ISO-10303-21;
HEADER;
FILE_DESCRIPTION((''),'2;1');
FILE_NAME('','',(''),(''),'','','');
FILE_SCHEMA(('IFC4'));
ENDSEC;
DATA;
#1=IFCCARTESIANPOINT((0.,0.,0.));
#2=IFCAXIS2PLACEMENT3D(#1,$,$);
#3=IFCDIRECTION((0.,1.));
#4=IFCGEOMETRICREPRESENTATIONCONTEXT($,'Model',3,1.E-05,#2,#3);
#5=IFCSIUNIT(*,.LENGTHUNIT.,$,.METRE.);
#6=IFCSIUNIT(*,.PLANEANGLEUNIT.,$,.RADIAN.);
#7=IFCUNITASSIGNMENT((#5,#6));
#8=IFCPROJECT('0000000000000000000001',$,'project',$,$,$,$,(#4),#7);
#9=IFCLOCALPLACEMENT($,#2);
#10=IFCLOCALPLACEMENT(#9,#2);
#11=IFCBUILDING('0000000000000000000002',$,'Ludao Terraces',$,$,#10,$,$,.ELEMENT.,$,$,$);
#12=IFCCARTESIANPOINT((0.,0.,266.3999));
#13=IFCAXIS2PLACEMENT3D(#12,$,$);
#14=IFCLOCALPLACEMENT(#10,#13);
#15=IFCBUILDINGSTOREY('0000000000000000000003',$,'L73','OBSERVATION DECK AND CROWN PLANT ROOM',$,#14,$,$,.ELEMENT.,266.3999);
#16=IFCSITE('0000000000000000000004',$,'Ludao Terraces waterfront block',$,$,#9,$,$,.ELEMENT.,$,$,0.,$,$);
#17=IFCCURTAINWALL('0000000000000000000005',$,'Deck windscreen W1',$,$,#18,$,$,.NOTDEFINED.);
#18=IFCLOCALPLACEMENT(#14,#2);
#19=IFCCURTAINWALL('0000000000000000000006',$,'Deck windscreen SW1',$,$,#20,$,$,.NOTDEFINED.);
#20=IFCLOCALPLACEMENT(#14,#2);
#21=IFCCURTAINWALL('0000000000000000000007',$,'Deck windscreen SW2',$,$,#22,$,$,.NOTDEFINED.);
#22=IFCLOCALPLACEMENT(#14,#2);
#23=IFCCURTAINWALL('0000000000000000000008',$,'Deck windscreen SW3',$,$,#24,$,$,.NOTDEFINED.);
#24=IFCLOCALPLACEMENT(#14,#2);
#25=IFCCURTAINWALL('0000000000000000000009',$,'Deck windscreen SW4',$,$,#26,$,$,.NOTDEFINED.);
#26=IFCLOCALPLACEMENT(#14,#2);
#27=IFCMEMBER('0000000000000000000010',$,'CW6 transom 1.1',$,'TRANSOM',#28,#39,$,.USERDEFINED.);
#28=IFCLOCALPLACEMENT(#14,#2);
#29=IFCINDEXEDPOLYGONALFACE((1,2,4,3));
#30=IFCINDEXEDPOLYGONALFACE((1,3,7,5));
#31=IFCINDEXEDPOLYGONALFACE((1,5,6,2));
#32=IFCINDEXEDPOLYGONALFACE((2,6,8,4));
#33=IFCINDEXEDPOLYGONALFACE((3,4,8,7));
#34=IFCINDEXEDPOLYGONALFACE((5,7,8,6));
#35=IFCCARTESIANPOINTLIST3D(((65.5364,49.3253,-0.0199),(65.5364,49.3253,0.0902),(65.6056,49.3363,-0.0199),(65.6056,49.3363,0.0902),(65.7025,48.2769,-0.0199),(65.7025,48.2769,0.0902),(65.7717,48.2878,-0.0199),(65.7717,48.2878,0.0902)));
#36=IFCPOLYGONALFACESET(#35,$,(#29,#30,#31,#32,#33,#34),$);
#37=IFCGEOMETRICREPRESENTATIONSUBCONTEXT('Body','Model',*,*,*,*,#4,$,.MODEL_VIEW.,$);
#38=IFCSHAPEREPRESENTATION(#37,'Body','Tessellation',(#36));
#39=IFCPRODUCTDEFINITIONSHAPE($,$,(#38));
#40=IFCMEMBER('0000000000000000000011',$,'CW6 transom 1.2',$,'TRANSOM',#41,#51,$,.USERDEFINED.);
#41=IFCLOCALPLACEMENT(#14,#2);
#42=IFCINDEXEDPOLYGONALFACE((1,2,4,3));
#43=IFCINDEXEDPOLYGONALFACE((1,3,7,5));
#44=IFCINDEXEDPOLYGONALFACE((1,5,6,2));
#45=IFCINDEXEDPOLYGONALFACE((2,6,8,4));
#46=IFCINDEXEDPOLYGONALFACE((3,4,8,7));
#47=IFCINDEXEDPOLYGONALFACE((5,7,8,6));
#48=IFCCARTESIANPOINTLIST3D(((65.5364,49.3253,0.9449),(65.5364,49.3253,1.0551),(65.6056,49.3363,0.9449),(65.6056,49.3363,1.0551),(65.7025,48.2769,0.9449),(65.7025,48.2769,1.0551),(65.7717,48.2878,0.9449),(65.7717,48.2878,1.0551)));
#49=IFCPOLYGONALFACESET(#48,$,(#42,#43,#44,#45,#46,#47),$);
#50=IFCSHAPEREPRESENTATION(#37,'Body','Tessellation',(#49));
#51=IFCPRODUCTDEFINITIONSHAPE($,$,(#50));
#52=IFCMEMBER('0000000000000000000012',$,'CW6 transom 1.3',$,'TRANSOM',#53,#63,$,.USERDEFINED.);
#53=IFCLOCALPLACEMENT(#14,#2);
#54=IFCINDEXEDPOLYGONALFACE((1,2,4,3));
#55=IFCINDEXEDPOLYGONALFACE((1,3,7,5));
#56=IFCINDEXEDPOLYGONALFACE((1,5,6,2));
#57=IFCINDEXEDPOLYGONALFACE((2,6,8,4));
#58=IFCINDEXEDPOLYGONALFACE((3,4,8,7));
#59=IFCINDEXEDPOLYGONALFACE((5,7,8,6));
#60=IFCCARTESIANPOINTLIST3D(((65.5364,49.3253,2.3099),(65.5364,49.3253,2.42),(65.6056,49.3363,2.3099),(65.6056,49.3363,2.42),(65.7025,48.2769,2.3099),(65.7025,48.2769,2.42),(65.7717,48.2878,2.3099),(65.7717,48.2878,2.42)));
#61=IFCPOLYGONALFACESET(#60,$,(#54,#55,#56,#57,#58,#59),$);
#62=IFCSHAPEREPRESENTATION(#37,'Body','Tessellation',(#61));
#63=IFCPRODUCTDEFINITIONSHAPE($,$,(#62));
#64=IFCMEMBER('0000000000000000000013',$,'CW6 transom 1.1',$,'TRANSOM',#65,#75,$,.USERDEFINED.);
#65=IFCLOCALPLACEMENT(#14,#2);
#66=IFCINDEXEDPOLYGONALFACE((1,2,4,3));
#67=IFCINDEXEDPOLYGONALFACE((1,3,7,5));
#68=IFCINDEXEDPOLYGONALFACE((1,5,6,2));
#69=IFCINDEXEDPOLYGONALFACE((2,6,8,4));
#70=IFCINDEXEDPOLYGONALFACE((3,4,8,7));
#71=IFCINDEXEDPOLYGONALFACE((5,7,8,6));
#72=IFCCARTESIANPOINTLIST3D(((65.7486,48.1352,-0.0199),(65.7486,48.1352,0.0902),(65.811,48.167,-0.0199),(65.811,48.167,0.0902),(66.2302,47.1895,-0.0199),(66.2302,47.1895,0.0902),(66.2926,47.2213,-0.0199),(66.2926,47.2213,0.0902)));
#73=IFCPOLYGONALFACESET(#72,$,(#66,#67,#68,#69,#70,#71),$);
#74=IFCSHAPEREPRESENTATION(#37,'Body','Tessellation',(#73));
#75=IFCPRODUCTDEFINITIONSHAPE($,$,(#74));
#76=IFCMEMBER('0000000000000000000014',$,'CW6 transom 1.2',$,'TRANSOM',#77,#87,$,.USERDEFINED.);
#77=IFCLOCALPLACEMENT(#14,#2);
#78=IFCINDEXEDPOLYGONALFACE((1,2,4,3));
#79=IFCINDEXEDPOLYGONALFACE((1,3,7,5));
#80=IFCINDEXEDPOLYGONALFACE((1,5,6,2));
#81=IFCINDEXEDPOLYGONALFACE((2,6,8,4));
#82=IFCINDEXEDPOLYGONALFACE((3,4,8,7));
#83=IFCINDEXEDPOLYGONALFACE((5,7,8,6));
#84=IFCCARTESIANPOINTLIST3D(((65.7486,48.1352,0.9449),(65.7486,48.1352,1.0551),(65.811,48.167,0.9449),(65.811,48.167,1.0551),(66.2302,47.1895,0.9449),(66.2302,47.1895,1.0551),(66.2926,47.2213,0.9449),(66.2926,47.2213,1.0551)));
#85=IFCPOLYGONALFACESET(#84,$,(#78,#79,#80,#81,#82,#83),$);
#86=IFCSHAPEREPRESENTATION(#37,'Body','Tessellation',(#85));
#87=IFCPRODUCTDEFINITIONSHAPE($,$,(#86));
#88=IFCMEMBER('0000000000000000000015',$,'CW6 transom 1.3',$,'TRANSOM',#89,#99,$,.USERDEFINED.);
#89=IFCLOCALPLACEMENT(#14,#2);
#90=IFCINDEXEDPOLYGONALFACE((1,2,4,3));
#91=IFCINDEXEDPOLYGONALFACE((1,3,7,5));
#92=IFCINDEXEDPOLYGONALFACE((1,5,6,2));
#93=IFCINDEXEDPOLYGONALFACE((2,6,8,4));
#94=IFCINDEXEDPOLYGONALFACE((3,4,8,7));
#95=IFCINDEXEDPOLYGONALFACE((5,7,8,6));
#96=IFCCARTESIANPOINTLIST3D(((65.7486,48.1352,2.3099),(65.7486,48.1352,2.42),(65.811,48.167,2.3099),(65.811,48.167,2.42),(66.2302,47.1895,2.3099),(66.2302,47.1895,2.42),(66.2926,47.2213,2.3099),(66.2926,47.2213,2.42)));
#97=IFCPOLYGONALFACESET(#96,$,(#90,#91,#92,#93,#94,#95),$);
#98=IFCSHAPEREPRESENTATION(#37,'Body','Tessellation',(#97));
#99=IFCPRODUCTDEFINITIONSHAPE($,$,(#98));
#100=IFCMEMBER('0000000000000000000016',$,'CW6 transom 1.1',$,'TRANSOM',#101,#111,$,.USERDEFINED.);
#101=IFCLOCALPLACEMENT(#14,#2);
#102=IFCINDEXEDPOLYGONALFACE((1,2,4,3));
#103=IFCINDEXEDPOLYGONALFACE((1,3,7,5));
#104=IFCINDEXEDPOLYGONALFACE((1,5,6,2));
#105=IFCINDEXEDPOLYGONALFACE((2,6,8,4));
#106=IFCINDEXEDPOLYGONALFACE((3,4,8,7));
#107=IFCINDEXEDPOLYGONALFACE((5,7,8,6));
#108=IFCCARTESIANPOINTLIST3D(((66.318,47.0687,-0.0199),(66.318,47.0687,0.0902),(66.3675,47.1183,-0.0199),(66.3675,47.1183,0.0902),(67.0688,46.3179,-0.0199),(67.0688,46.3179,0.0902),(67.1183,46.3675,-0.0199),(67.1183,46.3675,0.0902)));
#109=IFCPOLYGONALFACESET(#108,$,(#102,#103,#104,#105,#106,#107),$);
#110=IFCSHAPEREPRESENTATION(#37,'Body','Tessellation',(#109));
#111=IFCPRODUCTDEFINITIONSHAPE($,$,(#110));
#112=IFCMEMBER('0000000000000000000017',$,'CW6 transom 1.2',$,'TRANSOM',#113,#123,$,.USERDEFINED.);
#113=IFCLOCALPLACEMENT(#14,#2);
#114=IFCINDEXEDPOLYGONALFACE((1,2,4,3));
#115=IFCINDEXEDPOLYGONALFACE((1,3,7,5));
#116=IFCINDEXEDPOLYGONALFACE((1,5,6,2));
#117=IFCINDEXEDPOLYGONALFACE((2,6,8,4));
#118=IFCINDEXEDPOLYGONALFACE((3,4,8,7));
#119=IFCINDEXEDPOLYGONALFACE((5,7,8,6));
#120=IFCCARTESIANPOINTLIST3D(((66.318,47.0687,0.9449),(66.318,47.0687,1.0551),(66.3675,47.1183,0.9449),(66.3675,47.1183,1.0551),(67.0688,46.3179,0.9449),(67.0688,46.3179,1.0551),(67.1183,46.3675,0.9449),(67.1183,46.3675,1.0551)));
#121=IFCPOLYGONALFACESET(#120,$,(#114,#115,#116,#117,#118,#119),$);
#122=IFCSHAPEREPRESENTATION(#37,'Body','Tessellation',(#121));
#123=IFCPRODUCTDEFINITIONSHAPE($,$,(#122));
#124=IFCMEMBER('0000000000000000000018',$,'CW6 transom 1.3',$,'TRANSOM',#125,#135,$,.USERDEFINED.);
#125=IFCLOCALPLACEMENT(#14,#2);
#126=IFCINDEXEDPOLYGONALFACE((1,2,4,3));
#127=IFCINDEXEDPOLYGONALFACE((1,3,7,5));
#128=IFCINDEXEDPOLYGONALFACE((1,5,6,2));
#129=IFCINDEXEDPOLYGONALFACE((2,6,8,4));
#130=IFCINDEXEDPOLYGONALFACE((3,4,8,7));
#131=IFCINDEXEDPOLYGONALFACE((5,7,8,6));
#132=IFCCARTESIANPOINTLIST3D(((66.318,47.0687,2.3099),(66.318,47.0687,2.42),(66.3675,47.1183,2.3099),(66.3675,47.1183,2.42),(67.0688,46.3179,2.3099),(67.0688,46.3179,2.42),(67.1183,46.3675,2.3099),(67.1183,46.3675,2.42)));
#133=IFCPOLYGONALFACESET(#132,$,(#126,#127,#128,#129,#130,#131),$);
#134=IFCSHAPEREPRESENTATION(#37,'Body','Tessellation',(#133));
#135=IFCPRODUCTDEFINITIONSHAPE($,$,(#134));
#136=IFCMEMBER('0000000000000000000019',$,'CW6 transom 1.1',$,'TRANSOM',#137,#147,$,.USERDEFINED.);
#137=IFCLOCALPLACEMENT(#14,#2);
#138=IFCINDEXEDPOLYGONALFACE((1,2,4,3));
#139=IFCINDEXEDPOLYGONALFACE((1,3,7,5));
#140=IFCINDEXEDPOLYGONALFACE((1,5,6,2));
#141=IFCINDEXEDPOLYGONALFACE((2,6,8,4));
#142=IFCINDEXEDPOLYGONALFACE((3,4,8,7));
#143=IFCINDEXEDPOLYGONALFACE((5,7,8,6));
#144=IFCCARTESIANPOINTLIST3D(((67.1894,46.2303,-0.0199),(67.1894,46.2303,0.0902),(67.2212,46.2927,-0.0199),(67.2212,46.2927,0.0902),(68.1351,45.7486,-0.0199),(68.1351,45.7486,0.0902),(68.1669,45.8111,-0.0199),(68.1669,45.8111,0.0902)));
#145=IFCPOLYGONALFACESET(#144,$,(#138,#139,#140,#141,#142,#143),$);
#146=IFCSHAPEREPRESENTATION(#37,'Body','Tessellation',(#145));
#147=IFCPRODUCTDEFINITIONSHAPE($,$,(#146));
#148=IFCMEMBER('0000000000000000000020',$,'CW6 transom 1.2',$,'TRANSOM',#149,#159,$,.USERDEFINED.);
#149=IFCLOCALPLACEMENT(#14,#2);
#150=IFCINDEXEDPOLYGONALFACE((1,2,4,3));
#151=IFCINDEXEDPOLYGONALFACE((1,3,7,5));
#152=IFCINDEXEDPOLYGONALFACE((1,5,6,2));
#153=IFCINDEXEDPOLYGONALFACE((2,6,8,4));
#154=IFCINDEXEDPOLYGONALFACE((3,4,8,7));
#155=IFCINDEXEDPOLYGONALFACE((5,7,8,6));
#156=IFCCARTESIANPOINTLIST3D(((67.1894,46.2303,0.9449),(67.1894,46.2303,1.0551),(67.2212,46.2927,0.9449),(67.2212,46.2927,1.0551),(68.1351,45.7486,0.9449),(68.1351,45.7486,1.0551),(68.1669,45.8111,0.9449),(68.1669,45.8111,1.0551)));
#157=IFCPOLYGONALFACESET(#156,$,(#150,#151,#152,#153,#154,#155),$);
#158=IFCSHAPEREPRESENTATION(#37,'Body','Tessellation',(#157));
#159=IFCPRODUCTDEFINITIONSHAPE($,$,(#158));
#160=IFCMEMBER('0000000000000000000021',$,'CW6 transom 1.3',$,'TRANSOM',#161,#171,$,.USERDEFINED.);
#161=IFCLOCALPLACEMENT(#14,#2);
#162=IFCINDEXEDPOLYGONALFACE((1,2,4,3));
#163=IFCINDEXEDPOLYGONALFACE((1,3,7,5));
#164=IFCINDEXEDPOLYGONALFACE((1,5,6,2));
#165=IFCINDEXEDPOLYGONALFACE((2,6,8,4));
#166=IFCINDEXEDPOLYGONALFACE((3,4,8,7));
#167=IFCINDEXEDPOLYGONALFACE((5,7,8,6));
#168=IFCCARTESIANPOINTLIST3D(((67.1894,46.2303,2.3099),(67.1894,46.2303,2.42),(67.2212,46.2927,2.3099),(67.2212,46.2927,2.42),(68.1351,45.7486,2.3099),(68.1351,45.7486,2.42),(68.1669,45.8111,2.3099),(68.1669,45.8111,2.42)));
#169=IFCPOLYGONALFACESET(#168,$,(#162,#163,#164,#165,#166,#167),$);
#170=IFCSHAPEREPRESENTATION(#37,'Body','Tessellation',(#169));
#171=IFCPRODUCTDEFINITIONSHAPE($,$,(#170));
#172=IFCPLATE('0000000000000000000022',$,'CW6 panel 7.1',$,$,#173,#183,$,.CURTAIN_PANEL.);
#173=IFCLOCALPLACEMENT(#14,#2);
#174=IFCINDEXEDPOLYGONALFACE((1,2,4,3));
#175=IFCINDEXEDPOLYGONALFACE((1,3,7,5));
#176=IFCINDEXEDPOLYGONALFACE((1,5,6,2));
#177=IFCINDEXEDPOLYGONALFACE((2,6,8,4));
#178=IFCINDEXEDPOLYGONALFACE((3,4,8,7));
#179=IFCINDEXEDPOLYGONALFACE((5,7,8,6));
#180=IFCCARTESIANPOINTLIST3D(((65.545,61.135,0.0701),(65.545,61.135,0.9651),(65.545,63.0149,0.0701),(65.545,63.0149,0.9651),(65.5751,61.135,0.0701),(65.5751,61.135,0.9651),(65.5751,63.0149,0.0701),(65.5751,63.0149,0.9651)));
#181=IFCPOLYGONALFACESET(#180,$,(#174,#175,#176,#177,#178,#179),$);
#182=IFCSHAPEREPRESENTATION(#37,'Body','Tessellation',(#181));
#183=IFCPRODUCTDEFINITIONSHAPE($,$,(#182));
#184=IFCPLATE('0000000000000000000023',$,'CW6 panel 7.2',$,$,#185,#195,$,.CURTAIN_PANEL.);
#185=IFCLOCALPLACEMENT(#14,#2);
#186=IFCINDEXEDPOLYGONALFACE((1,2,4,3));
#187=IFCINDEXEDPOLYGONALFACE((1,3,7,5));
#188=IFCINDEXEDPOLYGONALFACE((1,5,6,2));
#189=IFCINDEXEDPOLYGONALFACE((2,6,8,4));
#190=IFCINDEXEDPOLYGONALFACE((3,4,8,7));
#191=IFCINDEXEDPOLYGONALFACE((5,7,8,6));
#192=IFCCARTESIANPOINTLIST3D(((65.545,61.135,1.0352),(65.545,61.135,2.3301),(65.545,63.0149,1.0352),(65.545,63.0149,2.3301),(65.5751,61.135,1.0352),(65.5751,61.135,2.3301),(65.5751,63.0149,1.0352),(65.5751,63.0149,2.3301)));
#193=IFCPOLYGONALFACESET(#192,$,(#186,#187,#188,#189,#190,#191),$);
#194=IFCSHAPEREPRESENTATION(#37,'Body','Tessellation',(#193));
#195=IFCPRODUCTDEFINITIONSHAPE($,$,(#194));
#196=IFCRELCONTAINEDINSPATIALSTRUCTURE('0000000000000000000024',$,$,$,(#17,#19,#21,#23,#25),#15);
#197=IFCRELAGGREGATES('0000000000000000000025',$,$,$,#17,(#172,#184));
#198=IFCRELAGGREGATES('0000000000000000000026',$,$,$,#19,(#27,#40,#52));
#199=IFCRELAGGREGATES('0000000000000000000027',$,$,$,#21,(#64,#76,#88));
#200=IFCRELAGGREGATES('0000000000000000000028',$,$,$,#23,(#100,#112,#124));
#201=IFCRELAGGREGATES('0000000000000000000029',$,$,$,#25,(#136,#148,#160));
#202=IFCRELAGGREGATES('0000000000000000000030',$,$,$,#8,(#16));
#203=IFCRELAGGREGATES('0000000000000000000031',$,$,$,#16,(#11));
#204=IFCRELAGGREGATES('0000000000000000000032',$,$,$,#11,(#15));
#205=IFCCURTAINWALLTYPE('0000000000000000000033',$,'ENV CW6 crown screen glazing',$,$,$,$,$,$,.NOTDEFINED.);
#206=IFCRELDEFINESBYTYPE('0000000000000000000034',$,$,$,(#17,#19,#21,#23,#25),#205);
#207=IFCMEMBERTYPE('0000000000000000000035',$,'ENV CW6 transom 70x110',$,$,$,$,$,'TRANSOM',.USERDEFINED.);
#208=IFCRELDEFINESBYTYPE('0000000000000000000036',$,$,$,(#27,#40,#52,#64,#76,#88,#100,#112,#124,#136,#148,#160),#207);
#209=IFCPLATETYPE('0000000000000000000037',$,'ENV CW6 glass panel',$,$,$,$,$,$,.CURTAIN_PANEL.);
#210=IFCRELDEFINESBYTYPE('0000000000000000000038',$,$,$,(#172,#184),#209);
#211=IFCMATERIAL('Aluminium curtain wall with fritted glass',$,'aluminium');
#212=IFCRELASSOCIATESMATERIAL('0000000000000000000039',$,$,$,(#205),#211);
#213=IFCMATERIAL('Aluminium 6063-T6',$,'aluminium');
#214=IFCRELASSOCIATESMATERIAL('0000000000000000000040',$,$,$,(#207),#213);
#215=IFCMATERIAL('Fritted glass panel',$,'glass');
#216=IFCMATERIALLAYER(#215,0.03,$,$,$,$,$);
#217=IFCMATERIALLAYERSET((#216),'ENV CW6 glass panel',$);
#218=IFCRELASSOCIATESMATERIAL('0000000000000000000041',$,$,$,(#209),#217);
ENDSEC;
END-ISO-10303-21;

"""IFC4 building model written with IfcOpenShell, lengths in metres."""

from ifc_helpers import new_model, si_unit, direction, frame, origin, origin_2d, place, context, subcontext, project, spatial, rectangle, extrude, material, layer, layer_set, material_profile, profile_set, type_object, element, aggregate, save


model = new_model("IFC4")

# Units and contexts
model_context = context("Model", 3, precision=1e-05, world=origin(), true_north=direction((0.0, 1.0)))
body_context = subcontext(model_context, "Body", "Model", "MODEL_VIEW")
ifc_project = project(units=[si_unit("LENGTHUNIT", "METRE"), si_unit("PLANEANGLEUNIT", "RADIAN")], contexts=[model_context])

# Site, building, storey
site_placement = place(None, origin())
site = spatial("IfcSite", under=ifc_project, at=site_placement, Name="Ludao Terraces waterfront block", CompositionType="ELEMENT", RefElevation=0.0)
building_placement = place(site_placement, origin())
building = spatial("IfcBuilding", under=site, at=building_placement, Name="Ludao Terraces", CompositionType="ELEMENT")
storey_placement = place(building_placement, frame((0.0, 0.0, 266.3999)))
storey = spatial("IfcBuildingStorey", under=building, at=storey_placement, Name="L73", Description="OBSERVATION DECK AND CROWN PLANT ROOM", CompositionType="ELEMENT", Elevation=266.3999)

# Curtain walls
ifc_material_1 = material(Name="Aluminium curtain wall with fritted glass", Category="aluminium")
curtain_wall_type = type_object("IfcCurtainWallType", Name="ENV CW6 crown screen glazing", PredefinedType="NOTDEFINED", material=ifc_material_1)
curtain_wall_1_placement = place(storey_placement, origin())
curtain_wall_1 = element("IfcCurtainWall", 1, at=curtain_wall_1_placement, inside=storey, type_object=curtain_wall_type, Name="Deck windscreen W1", PredefinedType="NOTDEFINED")
ifc_material_2 = material(Name="Aluminium 6063-T6", Category="aluminium")
curtain_wall_2_placement = place(storey_placement, origin())
curtain_wall_2 = element("IfcCurtainWall", 2, at=curtain_wall_2_placement, inside=storey, type_object=curtain_wall_type, Name="Deck windscreen SW1", PredefinedType="NOTDEFINED")
curtain_wall_3_placement = place(storey_placement, origin())
curtain_wall_3 = element("IfcCurtainWall", 3, at=curtain_wall_3_placement, inside=storey, type_object=curtain_wall_type, Name="Deck windscreen SW2", PredefinedType="NOTDEFINED")
curtain_wall_4_placement = place(storey_placement, origin())
curtain_wall_4 = element("IfcCurtainWall", 4, at=curtain_wall_4_placement, inside=storey, type_object=curtain_wall_type, Name="Deck windscreen SW3", PredefinedType="NOTDEFINED")

# Curtain wall
curtain_wall_5_placement = place(storey_placement, origin())
curtain_wall_5 = element("IfcCurtainWall", 5, at=curtain_wall_5_placement, inside=storey, type_object=curtain_wall_type, Name="Deck windscreen SW4", PredefinedType="NOTDEFINED")

# Members
ifc_material_profile_1 = material_profile(ifc_material_2, rectangle(XDim=0.0701, YDim=0.1101, at=origin_2d()), Name="70 X 110")
ifc_profile_set_1 = profile_set([ifc_material_profile_1], Name="Aluminium 6063-T6")
member_type_1 = type_object("IfcMemberType", Name="ENV CW6 transom 70x110", ElementType="TRANSOM", PredefinedType="USERDEFINED", material=ifc_profile_set_1)
member_1_placement = place(storey_placement, frame((65.571, 49.3308, 0.0352), z_axis=(0.156411, -0.987692, 0.0), x_axis=(0.987692, 0.156411, 0.0)))
member_1 = element("IfcMember", 6, at=member_1_placement, type_object=member_type_1, Name="CW6 transom 1.1", ObjectType="TRANSOM", PredefinedType="USERDEFINED", context=body_context, shape_type="SweptSolid", body=[
    extrude(rectangle(XDim=0.0701, YDim=0.1101, at=origin_2d()), origin(), (0.0, 0.0, 1.0), 1.0615),
])
member_2_placement = place(storey_placement, frame((65.571, 49.3308, 1.0), z_axis=(0.156411, -0.987692, 0.0), x_axis=(0.987692, 0.156411, 0.0)))
member_2 = element("IfcMember", 7, at=member_2_placement, type_object=member_type_1, Name="CW6 transom 1.2", ObjectType="TRANSOM", PredefinedType="USERDEFINED", context=body_context, shape_type="SweptSolid", body=[
    extrude(rectangle(XDim=0.0701, YDim=0.1101, at=origin_2d()), origin(), (0.0, 0.0, 1.0), 1.0615),
])
member_3_placement = place(storey_placement, frame((65.571, 49.3308, 2.365), z_axis=(0.156411, -0.987692, 0.0), x_axis=(0.987692, 0.156411, 0.0)))
member_3 = element("IfcMember", 8, at=member_3_placement, type_object=member_type_1, Name="CW6 transom 1.3", ObjectType="TRANSOM", PredefinedType="USERDEFINED", context=body_context, shape_type="SweptSolid", body=[
    extrude(rectangle(XDim=0.0701, YDim=0.1101, at=origin_2d()), origin(), (0.0, 0.0, 1.0), 1.0615),
])
member_4_placement = place(storey_placement, frame((65.7798, 48.1511, 0.0352), z_axis=(0.453826, -0.89109, 0.0), x_axis=(0.89109, 0.453826, 0.0)))
member_4 = element("IfcMember", 9, at=member_4_placement, type_object=member_type_1, Name="CW6 transom 1.1", ObjectType="TRANSOM", PredefinedType="USERDEFINED", context=body_context, shape_type="SweptSolid", body=[
    extrude(rectangle(XDim=0.0701, YDim=0.1101, at=origin_2d()), origin(), (0.0, 0.0, 1.0), 1.0613),
])
member_5_placement = place(storey_placement, frame((65.7798, 48.1511, 1.0), z_axis=(0.453826, -0.89109, 0.0), x_axis=(0.89109, 0.453826, 0.0)))
member_5 = element("IfcMember", 10, at=member_5_placement, type_object=member_type_1, Name="CW6 transom 1.2", ObjectType="TRANSOM", PredefinedType="USERDEFINED", context=body_context, shape_type="SweptSolid", body=[
    extrude(rectangle(XDim=0.0701, YDim=0.1101, at=origin_2d()), origin(), (0.0, 0.0, 1.0), 1.0613),
])
member_6_placement = place(storey_placement, frame((65.7798, 48.1511, 2.365), z_axis=(0.453826, -0.89109, 0.0), x_axis=(0.89109, 0.453826, 0.0)))
member_6 = element("IfcMember", 11, at=member_6_placement, type_object=member_type_1, Name="CW6 transom 1.3", ObjectType="TRANSOM", PredefinedType="USERDEFINED", context=body_context, shape_type="SweptSolid", body=[
    extrude(rectangle(XDim=0.0701, YDim=0.1101, at=origin_2d()), origin(), (0.0, 0.0, 1.0), 1.0613),
])
member_7_placement = place(storey_placement, frame((66.3428, 47.0935, 0.0352), z_axis=(0.707107, -0.707107, 0.0), x_axis=(0.707107, 0.707107, 0.0)))
member_7 = element("IfcMember", 12, at=member_7_placement, type_object=member_type_1, Name="CW6 transom 1.1", ObjectType="TRANSOM", PredefinedType="USERDEFINED", context=body_context, shape_type="SweptSolid", body=[
    extrude(rectangle(XDim=0.0701, YDim=0.1101, at=origin_2d()), origin(), (0.0, 0.0, 1.0), 1.0618),
])
member_8_placement = place(storey_placement, frame((66.3428, 47.0935, 1.0), z_axis=(0.707107, -0.707107, 0.0), x_axis=(0.707107, 0.707107, 0.0)))
member_8 = element("IfcMember", 13, at=member_8_placement, type_object=member_type_1, Name="CW6 transom 1.2", ObjectType="TRANSOM", PredefinedType="USERDEFINED", context=body_context, shape_type="SweptSolid", body=[
    extrude(rectangle(XDim=0.0701, YDim=0.1101, at=origin_2d()), origin(), (0.0, 0.0, 1.0), 1.0618),
])
member_9_placement = place(storey_placement, frame((66.3428, 47.0935, 2.365), z_axis=(0.707107, -0.707107, 0.0), x_axis=(0.707107, 0.707107, 0.0)))
member_9 = element("IfcMember", 14, at=member_9_placement, type_object=member_type_1, Name="CW6 transom 1.3", ObjectType="TRANSOM", PredefinedType="USERDEFINED", context=body_context, shape_type="SweptSolid", body=[
    extrude(rectangle(XDim=0.0701, YDim=0.1101, at=origin_2d()), origin(), (0.0, 0.0, 1.0), 1.0618),
])
member_10_placement = place(storey_placement, frame((67.2053, 46.2615, 0.0352), z_axis=(0.89109, -0.453826, 0.0), x_axis=(0.453826, 0.89109, 0.0)))
member_10 = element("IfcMember", 15, at=member_10_placement, type_object=member_type_1, Name="CW6 transom 1.1", ObjectType="TRANSOM", PredefinedType="USERDEFINED", context=body_context, shape_type="SweptSolid", body=[
    extrude(rectangle(XDim=0.0701, YDim=0.1101, at=origin_2d()), origin(), (0.0, 0.0, 1.0), 1.0613),
])
member_11_placement = place(storey_placement, frame((67.2053, 46.2615, 1.0), z_axis=(0.89109, -0.453826, 0.0), x_axis=(0.453826, 0.89109, 0.0)))
member_11 = element("IfcMember", 16, at=member_11_placement, type_object=member_type_1, Name="CW6 transom 1.2", ObjectType="TRANSOM", PredefinedType="USERDEFINED", context=body_context, shape_type="SweptSolid", body=[
    extrude(rectangle(XDim=0.0701, YDim=0.1101, at=origin_2d()), origin(), (0.0, 0.0, 1.0), 1.0613),
])
member_12_placement = place(storey_placement, frame((67.2053, 46.2615, 2.365), z_axis=(0.89109, -0.453826, 0.0), x_axis=(0.453826, 0.89109, 0.0)))
member_12 = element("IfcMember", 17, at=member_12_placement, type_object=member_type_1, Name="CW6 transom 1.3", ObjectType="TRANSOM", PredefinedType="USERDEFINED", context=body_context, shape_type="SweptSolid", body=[
    extrude(rectangle(XDim=0.0701, YDim=0.1101, at=origin_2d()), origin(), (0.0, 0.0, 1.0), 1.0613),
])

# Plates
ifc_material_3 = material(Name="Fritted glass panel", Category="glass")
ifc_layer_1 = layer(ifc_material_3, 0.03)
ifc_layer_set_1 = layer_set([ifc_layer_1], Name="ENV CW6 glass panel")
plate_type = type_object("IfcPlateType", Name="ENV CW6 glass panel", PredefinedType="CURTAIN_PANEL", material=ifc_layer_set_1)
plate_1_placement = place(storey_placement, frame((65.5601, 62.075, 0.0701), z_axis=(0.0, 0.0, 1.0), x_axis=(0.0, 1.0, 0.0)))
plate_1 = element("IfcPlate", 18, at=plate_1_placement, type_object=plate_type, Name="CW6 panel 7.1", PredefinedType="CURTAIN_PANEL", context=body_context, shape_type="SweptSolid", body=[
    extrude(rectangle(XDim=1.8799, YDim=0.03, at=origin_2d()), origin(), (0.0, 0.0, 1.0), 0.895),
])
plate_2_placement = place(storey_placement, frame((65.5601, 62.075, 1.0352), z_axis=(0.0, 0.0, 1.0), x_axis=(0.0, 1.0, 0.0)))
plate_2 = element("IfcPlate", 19, at=plate_2_placement, type_object=plate_type, Name="CW6 panel 7.2", PredefinedType="CURTAIN_PANEL", context=body_context, shape_type="SweptSolid", body=[
    extrude(rectangle(XDim=1.8799, YDim=0.03, at=origin_2d()), origin(), (0.0, 0.0, 1.0), 1.2949),
])
aggregate(curtain_wall_1, [plate_1, plate_2])
aggregate(curtain_wall_2, [member_1, member_2, member_3])
aggregate(curtain_wall_3, [member_4, member_5, member_6])
aggregate(curtain_wall_4, [member_7, member_8, member_9])
aggregate(curtain_wall_5, [member_10, member_11, member_12])

save(model, "model.ifc")
